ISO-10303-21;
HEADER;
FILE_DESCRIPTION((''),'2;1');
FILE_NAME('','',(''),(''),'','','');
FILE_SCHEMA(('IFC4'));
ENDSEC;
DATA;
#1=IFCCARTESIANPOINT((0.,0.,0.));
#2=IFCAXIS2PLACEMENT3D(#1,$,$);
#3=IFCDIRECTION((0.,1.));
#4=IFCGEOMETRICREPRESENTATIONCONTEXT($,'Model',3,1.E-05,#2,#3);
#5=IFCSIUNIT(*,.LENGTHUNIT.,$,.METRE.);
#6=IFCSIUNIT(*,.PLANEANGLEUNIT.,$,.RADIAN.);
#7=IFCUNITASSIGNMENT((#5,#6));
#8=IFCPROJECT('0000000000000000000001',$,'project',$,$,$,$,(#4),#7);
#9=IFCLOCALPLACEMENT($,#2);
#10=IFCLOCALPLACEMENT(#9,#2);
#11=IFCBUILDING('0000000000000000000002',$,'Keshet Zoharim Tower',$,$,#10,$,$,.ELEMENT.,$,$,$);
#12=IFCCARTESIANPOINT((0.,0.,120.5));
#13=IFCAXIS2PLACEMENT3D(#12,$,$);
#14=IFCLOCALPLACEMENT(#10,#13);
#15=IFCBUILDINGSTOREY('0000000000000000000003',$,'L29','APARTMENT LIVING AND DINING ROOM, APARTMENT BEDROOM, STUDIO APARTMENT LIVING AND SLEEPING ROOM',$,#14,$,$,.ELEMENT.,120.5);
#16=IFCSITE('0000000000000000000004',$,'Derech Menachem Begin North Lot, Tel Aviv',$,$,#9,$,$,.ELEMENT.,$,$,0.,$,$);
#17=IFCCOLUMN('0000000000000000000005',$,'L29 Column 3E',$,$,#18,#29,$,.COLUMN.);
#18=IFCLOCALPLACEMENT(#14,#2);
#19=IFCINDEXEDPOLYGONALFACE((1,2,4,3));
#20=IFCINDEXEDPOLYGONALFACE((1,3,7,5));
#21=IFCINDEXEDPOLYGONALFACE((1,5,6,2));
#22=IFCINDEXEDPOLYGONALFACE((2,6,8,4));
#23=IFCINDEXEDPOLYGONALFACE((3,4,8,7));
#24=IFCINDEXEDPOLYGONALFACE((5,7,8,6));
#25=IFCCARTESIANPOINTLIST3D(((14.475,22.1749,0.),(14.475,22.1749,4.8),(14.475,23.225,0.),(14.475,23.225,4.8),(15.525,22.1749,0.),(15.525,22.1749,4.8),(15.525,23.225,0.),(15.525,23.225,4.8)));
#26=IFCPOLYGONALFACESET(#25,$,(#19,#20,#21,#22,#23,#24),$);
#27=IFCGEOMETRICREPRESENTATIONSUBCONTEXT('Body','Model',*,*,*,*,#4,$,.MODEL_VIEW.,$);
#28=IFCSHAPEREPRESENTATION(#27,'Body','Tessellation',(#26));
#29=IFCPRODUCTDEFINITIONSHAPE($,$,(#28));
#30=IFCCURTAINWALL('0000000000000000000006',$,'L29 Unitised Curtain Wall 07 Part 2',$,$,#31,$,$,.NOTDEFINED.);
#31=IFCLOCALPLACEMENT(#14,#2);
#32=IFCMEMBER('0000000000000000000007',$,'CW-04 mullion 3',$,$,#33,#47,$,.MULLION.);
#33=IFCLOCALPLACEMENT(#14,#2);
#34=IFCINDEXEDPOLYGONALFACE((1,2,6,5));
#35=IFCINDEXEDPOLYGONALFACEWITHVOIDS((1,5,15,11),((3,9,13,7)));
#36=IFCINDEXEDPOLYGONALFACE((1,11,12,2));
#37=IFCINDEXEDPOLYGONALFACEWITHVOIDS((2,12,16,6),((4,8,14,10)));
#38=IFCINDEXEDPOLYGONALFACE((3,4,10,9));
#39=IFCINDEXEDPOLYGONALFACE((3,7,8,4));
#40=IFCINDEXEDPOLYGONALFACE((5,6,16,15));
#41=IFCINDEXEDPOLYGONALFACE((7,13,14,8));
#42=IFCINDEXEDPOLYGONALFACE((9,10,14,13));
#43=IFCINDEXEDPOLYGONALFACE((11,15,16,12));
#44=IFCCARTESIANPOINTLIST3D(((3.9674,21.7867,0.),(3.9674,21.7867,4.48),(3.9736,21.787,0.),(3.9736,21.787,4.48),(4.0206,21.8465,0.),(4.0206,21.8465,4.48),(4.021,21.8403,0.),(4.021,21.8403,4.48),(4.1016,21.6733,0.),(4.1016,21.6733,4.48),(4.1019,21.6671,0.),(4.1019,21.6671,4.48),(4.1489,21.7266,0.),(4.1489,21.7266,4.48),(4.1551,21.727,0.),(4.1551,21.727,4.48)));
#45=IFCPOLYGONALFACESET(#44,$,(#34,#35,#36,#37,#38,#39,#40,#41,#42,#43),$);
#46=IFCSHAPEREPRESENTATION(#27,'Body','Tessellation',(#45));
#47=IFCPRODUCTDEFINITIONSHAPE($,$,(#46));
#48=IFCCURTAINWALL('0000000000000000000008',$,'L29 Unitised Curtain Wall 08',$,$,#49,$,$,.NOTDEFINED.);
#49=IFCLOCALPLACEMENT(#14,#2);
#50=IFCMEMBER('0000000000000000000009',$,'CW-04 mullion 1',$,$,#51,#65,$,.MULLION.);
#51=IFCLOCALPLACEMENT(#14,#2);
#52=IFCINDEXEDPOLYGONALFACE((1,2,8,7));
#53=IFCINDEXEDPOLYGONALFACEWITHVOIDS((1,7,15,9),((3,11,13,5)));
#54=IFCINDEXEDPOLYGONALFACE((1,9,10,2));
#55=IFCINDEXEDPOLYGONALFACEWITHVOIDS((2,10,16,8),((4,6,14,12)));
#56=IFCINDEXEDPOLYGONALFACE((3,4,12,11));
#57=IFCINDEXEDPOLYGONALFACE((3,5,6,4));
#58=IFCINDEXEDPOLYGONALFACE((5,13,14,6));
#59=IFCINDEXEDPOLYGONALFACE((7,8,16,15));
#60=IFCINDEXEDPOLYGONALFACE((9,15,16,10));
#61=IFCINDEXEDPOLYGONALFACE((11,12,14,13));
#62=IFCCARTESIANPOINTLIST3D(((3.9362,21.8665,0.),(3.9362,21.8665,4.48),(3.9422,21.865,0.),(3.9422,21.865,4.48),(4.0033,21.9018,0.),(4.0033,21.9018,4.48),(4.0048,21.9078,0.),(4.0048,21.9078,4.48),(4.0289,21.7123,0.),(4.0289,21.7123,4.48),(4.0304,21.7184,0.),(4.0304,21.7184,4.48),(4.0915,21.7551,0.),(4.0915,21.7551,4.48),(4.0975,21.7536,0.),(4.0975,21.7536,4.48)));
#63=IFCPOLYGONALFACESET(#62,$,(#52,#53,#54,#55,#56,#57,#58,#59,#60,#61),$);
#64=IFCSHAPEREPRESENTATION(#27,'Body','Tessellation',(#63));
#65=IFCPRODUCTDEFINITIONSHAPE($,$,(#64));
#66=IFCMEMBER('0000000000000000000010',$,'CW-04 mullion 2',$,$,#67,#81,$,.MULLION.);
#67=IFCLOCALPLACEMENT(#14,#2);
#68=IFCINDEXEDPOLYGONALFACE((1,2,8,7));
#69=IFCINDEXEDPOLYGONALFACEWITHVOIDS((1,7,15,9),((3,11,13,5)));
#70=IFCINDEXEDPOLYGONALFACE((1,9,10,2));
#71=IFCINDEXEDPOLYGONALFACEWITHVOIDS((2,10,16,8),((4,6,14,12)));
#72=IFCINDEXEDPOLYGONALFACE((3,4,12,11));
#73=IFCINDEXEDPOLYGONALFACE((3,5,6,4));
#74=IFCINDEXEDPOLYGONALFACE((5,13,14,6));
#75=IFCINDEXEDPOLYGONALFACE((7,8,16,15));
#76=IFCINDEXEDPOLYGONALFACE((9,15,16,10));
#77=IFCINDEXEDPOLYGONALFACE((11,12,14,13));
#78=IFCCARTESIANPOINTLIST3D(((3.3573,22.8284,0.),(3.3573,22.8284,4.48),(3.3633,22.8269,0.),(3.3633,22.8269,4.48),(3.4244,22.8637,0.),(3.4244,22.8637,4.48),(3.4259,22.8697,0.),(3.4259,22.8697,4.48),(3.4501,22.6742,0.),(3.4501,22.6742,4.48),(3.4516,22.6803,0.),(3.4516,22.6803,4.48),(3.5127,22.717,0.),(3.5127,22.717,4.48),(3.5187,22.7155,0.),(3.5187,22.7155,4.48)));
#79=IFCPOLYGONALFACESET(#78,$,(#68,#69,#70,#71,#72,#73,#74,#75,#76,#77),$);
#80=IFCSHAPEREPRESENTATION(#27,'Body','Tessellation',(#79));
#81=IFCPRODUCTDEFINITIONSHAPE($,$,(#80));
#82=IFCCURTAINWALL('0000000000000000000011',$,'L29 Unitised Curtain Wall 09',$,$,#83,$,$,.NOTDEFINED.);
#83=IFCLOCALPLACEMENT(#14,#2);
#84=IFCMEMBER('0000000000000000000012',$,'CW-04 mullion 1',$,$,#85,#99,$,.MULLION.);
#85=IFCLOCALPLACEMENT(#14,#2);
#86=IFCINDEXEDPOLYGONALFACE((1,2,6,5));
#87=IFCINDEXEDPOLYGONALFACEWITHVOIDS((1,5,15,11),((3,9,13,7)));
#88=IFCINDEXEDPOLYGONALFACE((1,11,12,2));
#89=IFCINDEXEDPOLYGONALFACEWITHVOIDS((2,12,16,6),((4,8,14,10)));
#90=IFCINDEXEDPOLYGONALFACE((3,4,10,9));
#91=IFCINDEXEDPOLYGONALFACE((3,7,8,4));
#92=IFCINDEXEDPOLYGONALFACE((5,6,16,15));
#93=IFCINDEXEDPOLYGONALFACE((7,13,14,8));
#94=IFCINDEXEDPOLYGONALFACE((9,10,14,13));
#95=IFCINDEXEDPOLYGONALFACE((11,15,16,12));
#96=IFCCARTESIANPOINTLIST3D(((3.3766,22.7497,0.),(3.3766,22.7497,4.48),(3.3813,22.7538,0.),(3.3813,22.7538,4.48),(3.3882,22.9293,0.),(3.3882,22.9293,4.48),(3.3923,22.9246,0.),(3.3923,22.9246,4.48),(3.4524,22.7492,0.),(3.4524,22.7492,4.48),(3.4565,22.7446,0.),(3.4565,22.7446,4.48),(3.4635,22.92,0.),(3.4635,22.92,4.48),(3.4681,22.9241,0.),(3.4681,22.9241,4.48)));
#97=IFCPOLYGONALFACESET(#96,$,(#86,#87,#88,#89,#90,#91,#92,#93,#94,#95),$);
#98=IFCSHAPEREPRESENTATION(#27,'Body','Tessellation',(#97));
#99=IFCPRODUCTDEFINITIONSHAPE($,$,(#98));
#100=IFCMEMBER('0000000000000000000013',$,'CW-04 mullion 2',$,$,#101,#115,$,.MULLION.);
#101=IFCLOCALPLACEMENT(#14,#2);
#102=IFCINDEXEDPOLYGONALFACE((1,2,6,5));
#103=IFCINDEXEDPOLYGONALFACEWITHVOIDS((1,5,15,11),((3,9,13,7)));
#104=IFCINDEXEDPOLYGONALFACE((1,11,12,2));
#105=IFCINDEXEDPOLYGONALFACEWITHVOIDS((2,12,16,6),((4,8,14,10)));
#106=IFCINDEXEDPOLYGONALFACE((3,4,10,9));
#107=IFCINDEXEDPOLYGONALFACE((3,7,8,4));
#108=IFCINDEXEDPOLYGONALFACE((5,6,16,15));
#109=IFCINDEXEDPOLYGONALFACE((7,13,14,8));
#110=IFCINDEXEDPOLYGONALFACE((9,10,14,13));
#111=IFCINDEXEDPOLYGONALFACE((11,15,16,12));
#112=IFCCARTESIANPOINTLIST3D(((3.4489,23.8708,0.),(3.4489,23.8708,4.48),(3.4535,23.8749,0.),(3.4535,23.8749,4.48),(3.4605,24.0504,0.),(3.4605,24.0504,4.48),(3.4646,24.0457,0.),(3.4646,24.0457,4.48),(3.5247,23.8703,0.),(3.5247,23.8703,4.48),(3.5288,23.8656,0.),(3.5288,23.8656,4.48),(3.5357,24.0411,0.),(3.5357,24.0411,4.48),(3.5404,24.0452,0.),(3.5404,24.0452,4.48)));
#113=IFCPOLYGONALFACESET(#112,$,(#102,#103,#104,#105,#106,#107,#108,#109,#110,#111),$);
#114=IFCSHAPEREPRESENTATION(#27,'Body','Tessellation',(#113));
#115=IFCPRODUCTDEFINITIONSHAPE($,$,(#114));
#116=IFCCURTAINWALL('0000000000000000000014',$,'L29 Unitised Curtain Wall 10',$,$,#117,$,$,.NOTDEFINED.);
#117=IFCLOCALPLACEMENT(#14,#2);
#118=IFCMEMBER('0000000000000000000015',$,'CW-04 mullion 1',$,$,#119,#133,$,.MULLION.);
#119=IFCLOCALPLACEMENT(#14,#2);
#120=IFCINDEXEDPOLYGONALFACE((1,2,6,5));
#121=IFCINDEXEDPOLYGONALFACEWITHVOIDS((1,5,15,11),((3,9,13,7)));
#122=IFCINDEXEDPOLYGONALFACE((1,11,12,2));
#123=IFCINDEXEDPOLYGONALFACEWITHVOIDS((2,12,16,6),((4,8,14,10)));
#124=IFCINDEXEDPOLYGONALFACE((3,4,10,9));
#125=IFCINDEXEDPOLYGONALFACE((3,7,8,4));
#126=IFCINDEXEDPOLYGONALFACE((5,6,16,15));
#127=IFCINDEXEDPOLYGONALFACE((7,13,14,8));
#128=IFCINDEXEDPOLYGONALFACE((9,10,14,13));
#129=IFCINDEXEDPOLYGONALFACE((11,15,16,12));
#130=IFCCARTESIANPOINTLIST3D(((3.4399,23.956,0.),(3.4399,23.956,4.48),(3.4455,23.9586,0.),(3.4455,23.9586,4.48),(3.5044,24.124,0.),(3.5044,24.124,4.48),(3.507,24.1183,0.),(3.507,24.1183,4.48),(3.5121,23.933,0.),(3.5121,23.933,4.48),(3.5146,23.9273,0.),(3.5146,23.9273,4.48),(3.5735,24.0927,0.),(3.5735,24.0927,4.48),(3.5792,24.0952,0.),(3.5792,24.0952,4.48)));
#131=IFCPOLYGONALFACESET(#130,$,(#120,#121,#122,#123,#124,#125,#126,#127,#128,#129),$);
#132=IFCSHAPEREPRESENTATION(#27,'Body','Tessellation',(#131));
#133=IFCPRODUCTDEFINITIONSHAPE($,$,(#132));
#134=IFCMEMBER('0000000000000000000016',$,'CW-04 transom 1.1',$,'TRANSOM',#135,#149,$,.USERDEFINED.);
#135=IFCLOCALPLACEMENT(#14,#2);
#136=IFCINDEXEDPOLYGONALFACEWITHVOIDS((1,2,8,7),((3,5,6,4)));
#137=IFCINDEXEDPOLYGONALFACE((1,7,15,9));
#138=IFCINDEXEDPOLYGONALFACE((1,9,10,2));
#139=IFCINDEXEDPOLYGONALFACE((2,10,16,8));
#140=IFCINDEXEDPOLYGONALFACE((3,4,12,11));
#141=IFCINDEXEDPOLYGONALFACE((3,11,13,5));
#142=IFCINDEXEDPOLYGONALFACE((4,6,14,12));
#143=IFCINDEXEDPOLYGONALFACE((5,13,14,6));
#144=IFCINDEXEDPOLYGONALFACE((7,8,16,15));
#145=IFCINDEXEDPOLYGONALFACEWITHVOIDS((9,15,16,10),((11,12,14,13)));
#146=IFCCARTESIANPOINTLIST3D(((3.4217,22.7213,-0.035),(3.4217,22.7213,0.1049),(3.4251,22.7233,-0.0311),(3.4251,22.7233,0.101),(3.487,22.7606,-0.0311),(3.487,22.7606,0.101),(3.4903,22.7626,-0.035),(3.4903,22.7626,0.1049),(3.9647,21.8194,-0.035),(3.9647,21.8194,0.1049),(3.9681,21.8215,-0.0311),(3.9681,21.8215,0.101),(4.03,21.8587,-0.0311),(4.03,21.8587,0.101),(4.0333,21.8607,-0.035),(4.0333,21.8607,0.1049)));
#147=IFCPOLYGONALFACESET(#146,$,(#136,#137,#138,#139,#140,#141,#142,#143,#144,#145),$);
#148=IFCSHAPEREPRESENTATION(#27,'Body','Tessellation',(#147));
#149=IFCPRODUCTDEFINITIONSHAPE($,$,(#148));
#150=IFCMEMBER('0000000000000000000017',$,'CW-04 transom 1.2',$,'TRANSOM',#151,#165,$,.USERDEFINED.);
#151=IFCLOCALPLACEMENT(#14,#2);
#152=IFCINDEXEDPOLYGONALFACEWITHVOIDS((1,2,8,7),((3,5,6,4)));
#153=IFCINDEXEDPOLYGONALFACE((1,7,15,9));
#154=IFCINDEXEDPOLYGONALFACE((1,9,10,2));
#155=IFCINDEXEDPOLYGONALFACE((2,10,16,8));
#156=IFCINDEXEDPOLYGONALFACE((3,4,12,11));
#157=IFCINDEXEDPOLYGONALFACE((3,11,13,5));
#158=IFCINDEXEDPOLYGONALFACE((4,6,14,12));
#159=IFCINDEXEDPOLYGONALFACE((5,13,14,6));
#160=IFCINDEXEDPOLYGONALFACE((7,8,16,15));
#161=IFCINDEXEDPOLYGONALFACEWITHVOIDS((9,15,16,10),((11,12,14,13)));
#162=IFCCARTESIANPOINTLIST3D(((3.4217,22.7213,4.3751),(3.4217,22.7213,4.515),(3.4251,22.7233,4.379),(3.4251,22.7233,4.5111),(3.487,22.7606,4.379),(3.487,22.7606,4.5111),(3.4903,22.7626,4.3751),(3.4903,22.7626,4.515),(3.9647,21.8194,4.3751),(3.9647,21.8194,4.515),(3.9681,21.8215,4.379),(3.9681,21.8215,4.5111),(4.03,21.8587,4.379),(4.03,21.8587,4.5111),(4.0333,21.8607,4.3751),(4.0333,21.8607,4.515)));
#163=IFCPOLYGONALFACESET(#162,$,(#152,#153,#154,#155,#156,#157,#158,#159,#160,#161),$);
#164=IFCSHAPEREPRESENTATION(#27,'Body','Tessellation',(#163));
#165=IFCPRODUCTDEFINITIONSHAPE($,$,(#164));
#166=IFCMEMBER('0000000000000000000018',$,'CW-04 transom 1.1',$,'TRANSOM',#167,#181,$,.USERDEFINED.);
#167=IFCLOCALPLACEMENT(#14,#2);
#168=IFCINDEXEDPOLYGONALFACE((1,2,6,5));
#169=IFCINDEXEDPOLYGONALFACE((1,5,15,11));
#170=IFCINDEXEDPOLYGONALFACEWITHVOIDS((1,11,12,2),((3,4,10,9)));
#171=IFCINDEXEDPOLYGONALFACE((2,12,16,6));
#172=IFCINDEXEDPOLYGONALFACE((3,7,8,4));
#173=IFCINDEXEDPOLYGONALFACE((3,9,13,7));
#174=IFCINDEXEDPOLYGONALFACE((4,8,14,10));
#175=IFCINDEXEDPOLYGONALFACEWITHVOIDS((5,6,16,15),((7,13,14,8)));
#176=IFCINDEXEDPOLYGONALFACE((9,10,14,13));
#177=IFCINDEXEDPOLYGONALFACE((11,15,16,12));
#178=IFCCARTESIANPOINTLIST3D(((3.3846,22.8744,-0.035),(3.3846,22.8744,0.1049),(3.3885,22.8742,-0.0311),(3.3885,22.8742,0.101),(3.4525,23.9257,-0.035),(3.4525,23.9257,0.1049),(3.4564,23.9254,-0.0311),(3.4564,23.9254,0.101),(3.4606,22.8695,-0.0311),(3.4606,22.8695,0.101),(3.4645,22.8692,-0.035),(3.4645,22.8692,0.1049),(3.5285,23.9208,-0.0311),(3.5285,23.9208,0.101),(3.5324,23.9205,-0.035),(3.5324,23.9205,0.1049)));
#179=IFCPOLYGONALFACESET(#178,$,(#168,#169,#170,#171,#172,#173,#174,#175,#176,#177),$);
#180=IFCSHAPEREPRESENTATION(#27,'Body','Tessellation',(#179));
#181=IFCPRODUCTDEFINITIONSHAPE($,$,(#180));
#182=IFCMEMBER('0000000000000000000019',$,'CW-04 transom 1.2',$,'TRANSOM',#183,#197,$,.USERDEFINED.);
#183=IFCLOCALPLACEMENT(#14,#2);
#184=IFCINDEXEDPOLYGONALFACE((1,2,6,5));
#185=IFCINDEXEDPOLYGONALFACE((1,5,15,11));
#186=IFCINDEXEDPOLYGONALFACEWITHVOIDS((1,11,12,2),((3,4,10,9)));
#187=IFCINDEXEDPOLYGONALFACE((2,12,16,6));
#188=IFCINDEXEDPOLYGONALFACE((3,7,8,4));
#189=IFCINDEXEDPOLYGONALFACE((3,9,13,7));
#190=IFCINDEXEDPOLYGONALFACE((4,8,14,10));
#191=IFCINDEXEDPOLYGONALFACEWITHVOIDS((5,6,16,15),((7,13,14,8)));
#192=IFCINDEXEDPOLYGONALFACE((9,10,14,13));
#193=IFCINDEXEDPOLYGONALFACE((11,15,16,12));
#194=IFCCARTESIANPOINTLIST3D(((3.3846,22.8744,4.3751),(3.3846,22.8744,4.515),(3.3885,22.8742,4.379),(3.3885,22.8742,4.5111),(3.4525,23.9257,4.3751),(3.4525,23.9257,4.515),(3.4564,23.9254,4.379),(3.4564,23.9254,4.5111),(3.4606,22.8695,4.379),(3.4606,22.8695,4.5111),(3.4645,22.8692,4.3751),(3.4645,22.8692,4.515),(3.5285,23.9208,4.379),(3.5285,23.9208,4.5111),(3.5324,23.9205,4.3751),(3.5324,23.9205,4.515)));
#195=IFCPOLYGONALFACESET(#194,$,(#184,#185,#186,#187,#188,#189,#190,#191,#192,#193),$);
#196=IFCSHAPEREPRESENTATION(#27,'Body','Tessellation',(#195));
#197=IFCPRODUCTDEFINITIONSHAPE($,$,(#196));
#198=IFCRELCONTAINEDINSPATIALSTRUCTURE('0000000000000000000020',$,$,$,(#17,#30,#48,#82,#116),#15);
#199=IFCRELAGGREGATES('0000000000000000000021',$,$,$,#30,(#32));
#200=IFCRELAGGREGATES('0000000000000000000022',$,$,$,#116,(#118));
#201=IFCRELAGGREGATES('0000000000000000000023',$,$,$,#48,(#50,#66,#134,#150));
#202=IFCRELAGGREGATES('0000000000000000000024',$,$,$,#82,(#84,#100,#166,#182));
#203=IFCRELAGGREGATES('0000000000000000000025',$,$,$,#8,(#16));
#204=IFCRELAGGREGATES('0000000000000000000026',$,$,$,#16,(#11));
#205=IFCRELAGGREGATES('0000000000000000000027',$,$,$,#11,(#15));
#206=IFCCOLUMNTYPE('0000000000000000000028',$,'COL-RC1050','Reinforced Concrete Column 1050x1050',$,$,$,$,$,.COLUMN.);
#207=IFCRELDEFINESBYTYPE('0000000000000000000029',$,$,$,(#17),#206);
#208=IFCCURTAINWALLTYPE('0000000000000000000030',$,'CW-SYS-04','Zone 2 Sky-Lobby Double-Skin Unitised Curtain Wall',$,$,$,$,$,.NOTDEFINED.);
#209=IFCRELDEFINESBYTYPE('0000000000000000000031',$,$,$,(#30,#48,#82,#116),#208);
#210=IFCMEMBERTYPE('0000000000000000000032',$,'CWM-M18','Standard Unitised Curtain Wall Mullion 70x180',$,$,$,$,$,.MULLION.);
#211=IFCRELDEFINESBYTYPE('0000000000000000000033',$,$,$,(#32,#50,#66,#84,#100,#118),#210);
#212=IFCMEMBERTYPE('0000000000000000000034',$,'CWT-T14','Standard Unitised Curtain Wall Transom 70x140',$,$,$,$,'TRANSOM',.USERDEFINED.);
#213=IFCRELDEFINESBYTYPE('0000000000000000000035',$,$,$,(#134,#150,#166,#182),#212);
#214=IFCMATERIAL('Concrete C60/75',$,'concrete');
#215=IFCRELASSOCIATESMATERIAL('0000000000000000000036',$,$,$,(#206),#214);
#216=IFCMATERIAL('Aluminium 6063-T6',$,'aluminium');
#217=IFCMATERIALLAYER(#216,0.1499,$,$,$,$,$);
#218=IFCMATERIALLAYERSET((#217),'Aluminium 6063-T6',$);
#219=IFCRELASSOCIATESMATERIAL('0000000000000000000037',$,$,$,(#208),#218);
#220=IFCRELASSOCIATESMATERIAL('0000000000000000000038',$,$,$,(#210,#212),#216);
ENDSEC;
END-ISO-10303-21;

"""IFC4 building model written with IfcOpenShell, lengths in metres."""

from ifc_helpers import new_model, si_unit, direction, frame, origin, origin_2d, place, context, subcontext, project, spatial, rectangle, hollow_rectangle, extrude, material, layer, layer_set, material_profile, profile_set, type_object, element, aggregate, save


model = new_model("IFC4")

# Units and contexts
model_context = context("Model", 3, precision=1e-05, world=origin(), true_north=direction((0.0, 1.0)))
body_context = subcontext(model_context, "Body", "Model", "MODEL_VIEW")
ifc_project = project(units=[si_unit("LENGTHUNIT", "METRE"), si_unit("PLANEANGLEUNIT", "RADIAN")], contexts=[model_context])

# Site, building, storey
site_placement = place(None, origin())
site = spatial("IfcSite", under=ifc_project, at=site_placement, Name="Derech Menachem Begin North Lot, Tel Aviv", CompositionType="ELEMENT", RefElevation=0.0)
building_placement = place(site_placement, origin())
building = spatial("IfcBuilding", under=site, at=building_placement, Name="Keshet Zoharim Tower", CompositionType="ELEMENT")
storey_placement = place(building_placement, frame((0.0, 0.0, 120.5)))
storey = spatial("IfcBuildingStorey", under=building, at=storey_placement, Name="L29", Description="APARTMENT LIVING AND DINING ROOM, APARTMENT BEDROOM, STUDIO APARTMENT LIVING AND SLEEPING ROOM", CompositionType="ELEMENT", Elevation=120.5)

# Column
ifc_material_1 = material(Name="Concrete C60/75", Category="concrete")
ifc_material_profile_1 = material_profile(ifc_material_1, rectangle(XDim=1.05, YDim=1.05, at=origin_2d()), Name="RC1050x1050")
ifc_profile_set_1 = profile_set([ifc_material_profile_1], Name="Concrete C60/75")
column_type = type_object("IfcColumnType", Name="COL-RC1050", Description="Reinforced Concrete Column 1050x1050", PredefinedType="COLUMN", material=ifc_profile_set_1)
column_placement = place(storey_placement, frame((15.0, 22.7, 0.0), z_axis=(0.0, 0.0, 1.0), x_axis=(1.0, 0.0, 0.0)))
element("IfcColumn", 1, at=column_placement, inside=storey, type_object=column_type, Name="L29 Column 3E", PredefinedType="COLUMN", context=body_context, shape_type="SweptSolid", body=[
    extrude(rectangle(XDim=1.05, YDim=1.05, at=origin_2d()), origin(), (0.0, 0.0, 1.0), 4.8),
])

# Curtain wall, member
ifc_material_2 = material(Name="Aluminium 6063-T6", Category="aluminium")
ifc_layer_1 = layer(ifc_material_2, 0.1499)
ifc_layer_set_1 = layer_set([ifc_layer_1], Name="Aluminium 6063-T6")
curtain_wall_type = type_object("IfcCurtainWallType", Name="CW-SYS-04", Description="Zone 2 Sky-Lobby Double-Skin Unitised Curtain Wall", PredefinedType="NOTDEFINED", material=ifc_layer_set_1)
curtain_wall_1_placement = place(storey_placement, origin())
curtain_wall_1 = element("IfcCurtainWall", 2, at=curtain_wall_1_placement, inside=storey, type_object=curtain_wall_type, Name="L29 Unitised Curtain Wall 07 Part 2", PredefinedType="NOTDEFINED")
ifc_material_profile_2 = material_profile(ifc_material_2, hollow_rectangle(XDim=0.0801, YDim=0.1799, WallThickness=0.0044, at=origin_2d()), Name="MUL-80x180")
ifc_profile_set_2 = profile_set([ifc_material_profile_2], Name="Aluminium 6063-T6")
member_type_1 = type_object("IfcMemberType", Name="CWM-M18", Description="Standard Unitised Curtain Wall Mullion 70x180", PredefinedType="MULLION", material=ifc_profile_set_2)
member_1_placement = place(storey_placement, frame((4.0613, 21.7568, 0.0), z_axis=(0.0, 0.0, 1.0), x_axis=(-0.664365, -0.747408, 0.0)))
member_1 = element("IfcMember", 3, at=member_1_placement, type_object=member_type_1, Name="CW-04 mullion 3", PredefinedType="MULLION", context=body_context, shape_type="SweptSolid", body=[
    extrude(hollow_rectangle(XDim=0.0801, YDim=0.1799, WallThickness=0.0044, at=origin_2d()), origin(), (0.0, 0.0, 1.0), 4.48),
])
aggregate(curtain_wall_1, [member_1])

# Curtain walls, members
curtain_wall_2_placement = place(storey_placement, origin())
curtain_wall_2 = element("IfcCurtainWall", 4, at=curtain_wall_2_placement, inside=storey, type_object=curtain_wall_type, Name="L29 Unitised Curtain Wall 08", PredefinedType="NOTDEFINED")
member_2_placement = place(storey_placement, frame((4.0168, 21.8101, 0.0), z_axis=(0.0, 0.0, 1.0), x_axis=(-0.856826, -0.515605, 0.0)))
member_2 = element("IfcMember", 5, at=member_2_placement, type_object=member_type_1, Name="CW-04 mullion 1", PredefinedType="MULLION", context=body_context, shape_type="SweptSolid", body=[
    extrude(hollow_rectangle(XDim=0.0801, YDim=0.1799, WallThickness=0.0044, at=origin_2d()), origin(), (0.0, 0.0, 1.0), 4.48),
])
member_3_placement = place(storey_placement, frame((3.438, 22.772, 0.0), z_axis=(0.0, 0.0, 1.0), x_axis=(-0.856826, -0.515605, 0.0)))
member_3 = element("IfcMember", 6, at=member_3_placement, type_object=member_type_1, Name="CW-04 mullion 2", PredefinedType="MULLION", context=body_context, shape_type="SweptSolid", body=[
    extrude(hollow_rectangle(XDim=0.0801, YDim=0.1799, WallThickness=0.0044, at=origin_2d()), origin(), (0.0, 0.0, 1.0), 4.48),
])
curtain_wall_3_placement = place(storey_placement, origin())
curtain_wall_3 = element("IfcCurtainWall", 7, at=curtain_wall_3_placement, inside=storey, type_object=curtain_wall_type, Name="L29 Unitised Curtain Wall 09", PredefinedType="NOTDEFINED")
member_4_placement = place(storey_placement, frame((3.4224, 22.8369, 0.0), z_axis=(0.0, 0.0, 1.0), x_axis=(-0.997917, 0.064517, 0.0)))
member_4 = element("IfcMember", 8, at=member_4_placement, type_object=member_type_1, Name="CW-04 mullion 1", PredefinedType="MULLION", context=body_context, shape_type="SweptSolid", body=[
    extrude(hollow_rectangle(XDim=0.0801, YDim=0.1799, WallThickness=0.0044, at=origin_2d()), origin(), (0.0, 0.0, 1.0), 4.48),
])
member_5_placement = place(storey_placement, frame((3.4946, 23.958, 0.0), z_axis=(0.0, 0.0, 1.0), x_axis=(-0.997917, 0.064517, 0.0)))
member_5 = element("IfcMember", 9, at=member_5_placement, type_object=member_type_1, Name="CW-04 mullion 2", PredefinedType="MULLION", context=body_context, shape_type="SweptSolid", body=[
    extrude(hollow_rectangle(XDim=0.0801, YDim=0.1799, WallThickness=0.0044, at=origin_2d()), origin(), (0.0, 0.0, 1.0), 4.48),
])

# Curtain wall, member
curtain_wall_4_placement = place(storey_placement, origin())
curtain_wall_4 = element("IfcCurtainWall", 10, at=curtain_wall_4_placement, inside=storey, type_object=curtain_wall_type, Name="L29 Unitised Curtain Wall 10", PredefinedType="NOTDEFINED")
member_6_placement = place(storey_placement, frame((3.5095, 24.0256, 0.0), z_axis=(0.0, 0.0, 1.0), x_axis=(-0.933341, 0.35899, 0.0)))
member_6 = element("IfcMember", 11, at=member_6_placement, type_object=member_type_1, Name="CW-04 mullion 1", PredefinedType="MULLION", context=body_context, shape_type="SweptSolid", body=[
    extrude(hollow_rectangle(XDim=0.0801, YDim=0.1799, WallThickness=0.0044, at=origin_2d()), origin(), (0.0, 0.0, 1.0), 4.48),
])

# Members
ifc_material_profile_3 = material_profile(ifc_material_2, hollow_rectangle(XDim=0.0801, YDim=0.1399, WallThickness=0.0039, at=origin_2d()), Name="TRN-80x140")
ifc_profile_set_3 = profile_set([ifc_material_profile_3], Name="Aluminium 6063-T6")
member_type_2 = type_object("IfcMemberType", Name="CWT-T14", Description="Standard Unitised Curtain Wall Transom 70x140", ElementType="TRANSOM", PredefinedType="USERDEFINED", material=ifc_profile_set_3)
member_7_placement = place(storey_placement, frame((3.999, 21.8401, 0.0349), z_axis=(-0.515791, 0.856714, 0.0), x_axis=(-0.856714, -0.515791, 0.0)))
member_7 = element("IfcMember", 12, at=member_7_placement, type_object=member_type_2, Name="CW-04 transom 1.1", ObjectType="TRANSOM", PredefinedType="USERDEFINED", context=body_context, shape_type="SweptSolid", body=[
    extrude(hollow_rectangle(XDim=0.0801, YDim=0.1399, WallThickness=0.0039, at=origin_2d()), origin(), (0.0, 0.0, 1.0), 1.0527),
])
member_8_placement = place(storey_placement, frame((3.999, 21.8401, 4.4451), z_axis=(-0.515791, 0.856714, 0.0), x_axis=(-0.856714, -0.515791, 0.0)))
member_8 = element("IfcMember", 13, at=member_8_placement, type_object=member_type_2, Name="CW-04 transom 1.2", ObjectType="TRANSOM", PredefinedType="USERDEFINED", context=body_context, shape_type="SweptSolid", body=[
    extrude(hollow_rectangle(XDim=0.0801, YDim=0.1399, WallThickness=0.0039, at=origin_2d()), origin(), (0.0, 0.0, 1.0), 1.0527),
])
member_9_placement = place(storey_placement, frame((3.4246, 22.8718, 0.0349), z_axis=(0.064427, 0.997922, 0.0), x_axis=(-0.997922, 0.064427, 0.0)))
member_9 = element("IfcMember", 14, at=member_9_placement, type_object=member_type_2, Name="CW-04 transom 1.1", ObjectType="TRANSOM", PredefinedType="USERDEFINED", context=body_context, shape_type="SweptSolid", body=[
    extrude(hollow_rectangle(XDim=0.0801, YDim=0.1399, WallThickness=0.0039, at=origin_2d()), origin(), (0.0, 0.0, 1.0), 1.0535),
])
member_10_placement = place(storey_placement, frame((3.4246, 22.8718, 4.4451), z_axis=(0.064427, 0.997922, 0.0), x_axis=(-0.997922, 0.064427, 0.0)))
member_10 = element("IfcMember", 15, at=member_10_placement, type_object=member_type_2, Name="CW-04 transom 1.2", ObjectType="TRANSOM", PredefinedType="USERDEFINED", context=body_context, shape_type="SweptSolid", body=[
    extrude(hollow_rectangle(XDim=0.0801, YDim=0.1399, WallThickness=0.0039, at=origin_2d()), origin(), (0.0, 0.0, 1.0), 1.0535),
])
aggregate(curtain_wall_4, [member_6])

aggregate(curtain_wall_2, [member_2, member_3, member_7, member_8])
aggregate(curtain_wall_3, [member_4, member_5, member_9, member_10])

save(model, "model.ifc")
